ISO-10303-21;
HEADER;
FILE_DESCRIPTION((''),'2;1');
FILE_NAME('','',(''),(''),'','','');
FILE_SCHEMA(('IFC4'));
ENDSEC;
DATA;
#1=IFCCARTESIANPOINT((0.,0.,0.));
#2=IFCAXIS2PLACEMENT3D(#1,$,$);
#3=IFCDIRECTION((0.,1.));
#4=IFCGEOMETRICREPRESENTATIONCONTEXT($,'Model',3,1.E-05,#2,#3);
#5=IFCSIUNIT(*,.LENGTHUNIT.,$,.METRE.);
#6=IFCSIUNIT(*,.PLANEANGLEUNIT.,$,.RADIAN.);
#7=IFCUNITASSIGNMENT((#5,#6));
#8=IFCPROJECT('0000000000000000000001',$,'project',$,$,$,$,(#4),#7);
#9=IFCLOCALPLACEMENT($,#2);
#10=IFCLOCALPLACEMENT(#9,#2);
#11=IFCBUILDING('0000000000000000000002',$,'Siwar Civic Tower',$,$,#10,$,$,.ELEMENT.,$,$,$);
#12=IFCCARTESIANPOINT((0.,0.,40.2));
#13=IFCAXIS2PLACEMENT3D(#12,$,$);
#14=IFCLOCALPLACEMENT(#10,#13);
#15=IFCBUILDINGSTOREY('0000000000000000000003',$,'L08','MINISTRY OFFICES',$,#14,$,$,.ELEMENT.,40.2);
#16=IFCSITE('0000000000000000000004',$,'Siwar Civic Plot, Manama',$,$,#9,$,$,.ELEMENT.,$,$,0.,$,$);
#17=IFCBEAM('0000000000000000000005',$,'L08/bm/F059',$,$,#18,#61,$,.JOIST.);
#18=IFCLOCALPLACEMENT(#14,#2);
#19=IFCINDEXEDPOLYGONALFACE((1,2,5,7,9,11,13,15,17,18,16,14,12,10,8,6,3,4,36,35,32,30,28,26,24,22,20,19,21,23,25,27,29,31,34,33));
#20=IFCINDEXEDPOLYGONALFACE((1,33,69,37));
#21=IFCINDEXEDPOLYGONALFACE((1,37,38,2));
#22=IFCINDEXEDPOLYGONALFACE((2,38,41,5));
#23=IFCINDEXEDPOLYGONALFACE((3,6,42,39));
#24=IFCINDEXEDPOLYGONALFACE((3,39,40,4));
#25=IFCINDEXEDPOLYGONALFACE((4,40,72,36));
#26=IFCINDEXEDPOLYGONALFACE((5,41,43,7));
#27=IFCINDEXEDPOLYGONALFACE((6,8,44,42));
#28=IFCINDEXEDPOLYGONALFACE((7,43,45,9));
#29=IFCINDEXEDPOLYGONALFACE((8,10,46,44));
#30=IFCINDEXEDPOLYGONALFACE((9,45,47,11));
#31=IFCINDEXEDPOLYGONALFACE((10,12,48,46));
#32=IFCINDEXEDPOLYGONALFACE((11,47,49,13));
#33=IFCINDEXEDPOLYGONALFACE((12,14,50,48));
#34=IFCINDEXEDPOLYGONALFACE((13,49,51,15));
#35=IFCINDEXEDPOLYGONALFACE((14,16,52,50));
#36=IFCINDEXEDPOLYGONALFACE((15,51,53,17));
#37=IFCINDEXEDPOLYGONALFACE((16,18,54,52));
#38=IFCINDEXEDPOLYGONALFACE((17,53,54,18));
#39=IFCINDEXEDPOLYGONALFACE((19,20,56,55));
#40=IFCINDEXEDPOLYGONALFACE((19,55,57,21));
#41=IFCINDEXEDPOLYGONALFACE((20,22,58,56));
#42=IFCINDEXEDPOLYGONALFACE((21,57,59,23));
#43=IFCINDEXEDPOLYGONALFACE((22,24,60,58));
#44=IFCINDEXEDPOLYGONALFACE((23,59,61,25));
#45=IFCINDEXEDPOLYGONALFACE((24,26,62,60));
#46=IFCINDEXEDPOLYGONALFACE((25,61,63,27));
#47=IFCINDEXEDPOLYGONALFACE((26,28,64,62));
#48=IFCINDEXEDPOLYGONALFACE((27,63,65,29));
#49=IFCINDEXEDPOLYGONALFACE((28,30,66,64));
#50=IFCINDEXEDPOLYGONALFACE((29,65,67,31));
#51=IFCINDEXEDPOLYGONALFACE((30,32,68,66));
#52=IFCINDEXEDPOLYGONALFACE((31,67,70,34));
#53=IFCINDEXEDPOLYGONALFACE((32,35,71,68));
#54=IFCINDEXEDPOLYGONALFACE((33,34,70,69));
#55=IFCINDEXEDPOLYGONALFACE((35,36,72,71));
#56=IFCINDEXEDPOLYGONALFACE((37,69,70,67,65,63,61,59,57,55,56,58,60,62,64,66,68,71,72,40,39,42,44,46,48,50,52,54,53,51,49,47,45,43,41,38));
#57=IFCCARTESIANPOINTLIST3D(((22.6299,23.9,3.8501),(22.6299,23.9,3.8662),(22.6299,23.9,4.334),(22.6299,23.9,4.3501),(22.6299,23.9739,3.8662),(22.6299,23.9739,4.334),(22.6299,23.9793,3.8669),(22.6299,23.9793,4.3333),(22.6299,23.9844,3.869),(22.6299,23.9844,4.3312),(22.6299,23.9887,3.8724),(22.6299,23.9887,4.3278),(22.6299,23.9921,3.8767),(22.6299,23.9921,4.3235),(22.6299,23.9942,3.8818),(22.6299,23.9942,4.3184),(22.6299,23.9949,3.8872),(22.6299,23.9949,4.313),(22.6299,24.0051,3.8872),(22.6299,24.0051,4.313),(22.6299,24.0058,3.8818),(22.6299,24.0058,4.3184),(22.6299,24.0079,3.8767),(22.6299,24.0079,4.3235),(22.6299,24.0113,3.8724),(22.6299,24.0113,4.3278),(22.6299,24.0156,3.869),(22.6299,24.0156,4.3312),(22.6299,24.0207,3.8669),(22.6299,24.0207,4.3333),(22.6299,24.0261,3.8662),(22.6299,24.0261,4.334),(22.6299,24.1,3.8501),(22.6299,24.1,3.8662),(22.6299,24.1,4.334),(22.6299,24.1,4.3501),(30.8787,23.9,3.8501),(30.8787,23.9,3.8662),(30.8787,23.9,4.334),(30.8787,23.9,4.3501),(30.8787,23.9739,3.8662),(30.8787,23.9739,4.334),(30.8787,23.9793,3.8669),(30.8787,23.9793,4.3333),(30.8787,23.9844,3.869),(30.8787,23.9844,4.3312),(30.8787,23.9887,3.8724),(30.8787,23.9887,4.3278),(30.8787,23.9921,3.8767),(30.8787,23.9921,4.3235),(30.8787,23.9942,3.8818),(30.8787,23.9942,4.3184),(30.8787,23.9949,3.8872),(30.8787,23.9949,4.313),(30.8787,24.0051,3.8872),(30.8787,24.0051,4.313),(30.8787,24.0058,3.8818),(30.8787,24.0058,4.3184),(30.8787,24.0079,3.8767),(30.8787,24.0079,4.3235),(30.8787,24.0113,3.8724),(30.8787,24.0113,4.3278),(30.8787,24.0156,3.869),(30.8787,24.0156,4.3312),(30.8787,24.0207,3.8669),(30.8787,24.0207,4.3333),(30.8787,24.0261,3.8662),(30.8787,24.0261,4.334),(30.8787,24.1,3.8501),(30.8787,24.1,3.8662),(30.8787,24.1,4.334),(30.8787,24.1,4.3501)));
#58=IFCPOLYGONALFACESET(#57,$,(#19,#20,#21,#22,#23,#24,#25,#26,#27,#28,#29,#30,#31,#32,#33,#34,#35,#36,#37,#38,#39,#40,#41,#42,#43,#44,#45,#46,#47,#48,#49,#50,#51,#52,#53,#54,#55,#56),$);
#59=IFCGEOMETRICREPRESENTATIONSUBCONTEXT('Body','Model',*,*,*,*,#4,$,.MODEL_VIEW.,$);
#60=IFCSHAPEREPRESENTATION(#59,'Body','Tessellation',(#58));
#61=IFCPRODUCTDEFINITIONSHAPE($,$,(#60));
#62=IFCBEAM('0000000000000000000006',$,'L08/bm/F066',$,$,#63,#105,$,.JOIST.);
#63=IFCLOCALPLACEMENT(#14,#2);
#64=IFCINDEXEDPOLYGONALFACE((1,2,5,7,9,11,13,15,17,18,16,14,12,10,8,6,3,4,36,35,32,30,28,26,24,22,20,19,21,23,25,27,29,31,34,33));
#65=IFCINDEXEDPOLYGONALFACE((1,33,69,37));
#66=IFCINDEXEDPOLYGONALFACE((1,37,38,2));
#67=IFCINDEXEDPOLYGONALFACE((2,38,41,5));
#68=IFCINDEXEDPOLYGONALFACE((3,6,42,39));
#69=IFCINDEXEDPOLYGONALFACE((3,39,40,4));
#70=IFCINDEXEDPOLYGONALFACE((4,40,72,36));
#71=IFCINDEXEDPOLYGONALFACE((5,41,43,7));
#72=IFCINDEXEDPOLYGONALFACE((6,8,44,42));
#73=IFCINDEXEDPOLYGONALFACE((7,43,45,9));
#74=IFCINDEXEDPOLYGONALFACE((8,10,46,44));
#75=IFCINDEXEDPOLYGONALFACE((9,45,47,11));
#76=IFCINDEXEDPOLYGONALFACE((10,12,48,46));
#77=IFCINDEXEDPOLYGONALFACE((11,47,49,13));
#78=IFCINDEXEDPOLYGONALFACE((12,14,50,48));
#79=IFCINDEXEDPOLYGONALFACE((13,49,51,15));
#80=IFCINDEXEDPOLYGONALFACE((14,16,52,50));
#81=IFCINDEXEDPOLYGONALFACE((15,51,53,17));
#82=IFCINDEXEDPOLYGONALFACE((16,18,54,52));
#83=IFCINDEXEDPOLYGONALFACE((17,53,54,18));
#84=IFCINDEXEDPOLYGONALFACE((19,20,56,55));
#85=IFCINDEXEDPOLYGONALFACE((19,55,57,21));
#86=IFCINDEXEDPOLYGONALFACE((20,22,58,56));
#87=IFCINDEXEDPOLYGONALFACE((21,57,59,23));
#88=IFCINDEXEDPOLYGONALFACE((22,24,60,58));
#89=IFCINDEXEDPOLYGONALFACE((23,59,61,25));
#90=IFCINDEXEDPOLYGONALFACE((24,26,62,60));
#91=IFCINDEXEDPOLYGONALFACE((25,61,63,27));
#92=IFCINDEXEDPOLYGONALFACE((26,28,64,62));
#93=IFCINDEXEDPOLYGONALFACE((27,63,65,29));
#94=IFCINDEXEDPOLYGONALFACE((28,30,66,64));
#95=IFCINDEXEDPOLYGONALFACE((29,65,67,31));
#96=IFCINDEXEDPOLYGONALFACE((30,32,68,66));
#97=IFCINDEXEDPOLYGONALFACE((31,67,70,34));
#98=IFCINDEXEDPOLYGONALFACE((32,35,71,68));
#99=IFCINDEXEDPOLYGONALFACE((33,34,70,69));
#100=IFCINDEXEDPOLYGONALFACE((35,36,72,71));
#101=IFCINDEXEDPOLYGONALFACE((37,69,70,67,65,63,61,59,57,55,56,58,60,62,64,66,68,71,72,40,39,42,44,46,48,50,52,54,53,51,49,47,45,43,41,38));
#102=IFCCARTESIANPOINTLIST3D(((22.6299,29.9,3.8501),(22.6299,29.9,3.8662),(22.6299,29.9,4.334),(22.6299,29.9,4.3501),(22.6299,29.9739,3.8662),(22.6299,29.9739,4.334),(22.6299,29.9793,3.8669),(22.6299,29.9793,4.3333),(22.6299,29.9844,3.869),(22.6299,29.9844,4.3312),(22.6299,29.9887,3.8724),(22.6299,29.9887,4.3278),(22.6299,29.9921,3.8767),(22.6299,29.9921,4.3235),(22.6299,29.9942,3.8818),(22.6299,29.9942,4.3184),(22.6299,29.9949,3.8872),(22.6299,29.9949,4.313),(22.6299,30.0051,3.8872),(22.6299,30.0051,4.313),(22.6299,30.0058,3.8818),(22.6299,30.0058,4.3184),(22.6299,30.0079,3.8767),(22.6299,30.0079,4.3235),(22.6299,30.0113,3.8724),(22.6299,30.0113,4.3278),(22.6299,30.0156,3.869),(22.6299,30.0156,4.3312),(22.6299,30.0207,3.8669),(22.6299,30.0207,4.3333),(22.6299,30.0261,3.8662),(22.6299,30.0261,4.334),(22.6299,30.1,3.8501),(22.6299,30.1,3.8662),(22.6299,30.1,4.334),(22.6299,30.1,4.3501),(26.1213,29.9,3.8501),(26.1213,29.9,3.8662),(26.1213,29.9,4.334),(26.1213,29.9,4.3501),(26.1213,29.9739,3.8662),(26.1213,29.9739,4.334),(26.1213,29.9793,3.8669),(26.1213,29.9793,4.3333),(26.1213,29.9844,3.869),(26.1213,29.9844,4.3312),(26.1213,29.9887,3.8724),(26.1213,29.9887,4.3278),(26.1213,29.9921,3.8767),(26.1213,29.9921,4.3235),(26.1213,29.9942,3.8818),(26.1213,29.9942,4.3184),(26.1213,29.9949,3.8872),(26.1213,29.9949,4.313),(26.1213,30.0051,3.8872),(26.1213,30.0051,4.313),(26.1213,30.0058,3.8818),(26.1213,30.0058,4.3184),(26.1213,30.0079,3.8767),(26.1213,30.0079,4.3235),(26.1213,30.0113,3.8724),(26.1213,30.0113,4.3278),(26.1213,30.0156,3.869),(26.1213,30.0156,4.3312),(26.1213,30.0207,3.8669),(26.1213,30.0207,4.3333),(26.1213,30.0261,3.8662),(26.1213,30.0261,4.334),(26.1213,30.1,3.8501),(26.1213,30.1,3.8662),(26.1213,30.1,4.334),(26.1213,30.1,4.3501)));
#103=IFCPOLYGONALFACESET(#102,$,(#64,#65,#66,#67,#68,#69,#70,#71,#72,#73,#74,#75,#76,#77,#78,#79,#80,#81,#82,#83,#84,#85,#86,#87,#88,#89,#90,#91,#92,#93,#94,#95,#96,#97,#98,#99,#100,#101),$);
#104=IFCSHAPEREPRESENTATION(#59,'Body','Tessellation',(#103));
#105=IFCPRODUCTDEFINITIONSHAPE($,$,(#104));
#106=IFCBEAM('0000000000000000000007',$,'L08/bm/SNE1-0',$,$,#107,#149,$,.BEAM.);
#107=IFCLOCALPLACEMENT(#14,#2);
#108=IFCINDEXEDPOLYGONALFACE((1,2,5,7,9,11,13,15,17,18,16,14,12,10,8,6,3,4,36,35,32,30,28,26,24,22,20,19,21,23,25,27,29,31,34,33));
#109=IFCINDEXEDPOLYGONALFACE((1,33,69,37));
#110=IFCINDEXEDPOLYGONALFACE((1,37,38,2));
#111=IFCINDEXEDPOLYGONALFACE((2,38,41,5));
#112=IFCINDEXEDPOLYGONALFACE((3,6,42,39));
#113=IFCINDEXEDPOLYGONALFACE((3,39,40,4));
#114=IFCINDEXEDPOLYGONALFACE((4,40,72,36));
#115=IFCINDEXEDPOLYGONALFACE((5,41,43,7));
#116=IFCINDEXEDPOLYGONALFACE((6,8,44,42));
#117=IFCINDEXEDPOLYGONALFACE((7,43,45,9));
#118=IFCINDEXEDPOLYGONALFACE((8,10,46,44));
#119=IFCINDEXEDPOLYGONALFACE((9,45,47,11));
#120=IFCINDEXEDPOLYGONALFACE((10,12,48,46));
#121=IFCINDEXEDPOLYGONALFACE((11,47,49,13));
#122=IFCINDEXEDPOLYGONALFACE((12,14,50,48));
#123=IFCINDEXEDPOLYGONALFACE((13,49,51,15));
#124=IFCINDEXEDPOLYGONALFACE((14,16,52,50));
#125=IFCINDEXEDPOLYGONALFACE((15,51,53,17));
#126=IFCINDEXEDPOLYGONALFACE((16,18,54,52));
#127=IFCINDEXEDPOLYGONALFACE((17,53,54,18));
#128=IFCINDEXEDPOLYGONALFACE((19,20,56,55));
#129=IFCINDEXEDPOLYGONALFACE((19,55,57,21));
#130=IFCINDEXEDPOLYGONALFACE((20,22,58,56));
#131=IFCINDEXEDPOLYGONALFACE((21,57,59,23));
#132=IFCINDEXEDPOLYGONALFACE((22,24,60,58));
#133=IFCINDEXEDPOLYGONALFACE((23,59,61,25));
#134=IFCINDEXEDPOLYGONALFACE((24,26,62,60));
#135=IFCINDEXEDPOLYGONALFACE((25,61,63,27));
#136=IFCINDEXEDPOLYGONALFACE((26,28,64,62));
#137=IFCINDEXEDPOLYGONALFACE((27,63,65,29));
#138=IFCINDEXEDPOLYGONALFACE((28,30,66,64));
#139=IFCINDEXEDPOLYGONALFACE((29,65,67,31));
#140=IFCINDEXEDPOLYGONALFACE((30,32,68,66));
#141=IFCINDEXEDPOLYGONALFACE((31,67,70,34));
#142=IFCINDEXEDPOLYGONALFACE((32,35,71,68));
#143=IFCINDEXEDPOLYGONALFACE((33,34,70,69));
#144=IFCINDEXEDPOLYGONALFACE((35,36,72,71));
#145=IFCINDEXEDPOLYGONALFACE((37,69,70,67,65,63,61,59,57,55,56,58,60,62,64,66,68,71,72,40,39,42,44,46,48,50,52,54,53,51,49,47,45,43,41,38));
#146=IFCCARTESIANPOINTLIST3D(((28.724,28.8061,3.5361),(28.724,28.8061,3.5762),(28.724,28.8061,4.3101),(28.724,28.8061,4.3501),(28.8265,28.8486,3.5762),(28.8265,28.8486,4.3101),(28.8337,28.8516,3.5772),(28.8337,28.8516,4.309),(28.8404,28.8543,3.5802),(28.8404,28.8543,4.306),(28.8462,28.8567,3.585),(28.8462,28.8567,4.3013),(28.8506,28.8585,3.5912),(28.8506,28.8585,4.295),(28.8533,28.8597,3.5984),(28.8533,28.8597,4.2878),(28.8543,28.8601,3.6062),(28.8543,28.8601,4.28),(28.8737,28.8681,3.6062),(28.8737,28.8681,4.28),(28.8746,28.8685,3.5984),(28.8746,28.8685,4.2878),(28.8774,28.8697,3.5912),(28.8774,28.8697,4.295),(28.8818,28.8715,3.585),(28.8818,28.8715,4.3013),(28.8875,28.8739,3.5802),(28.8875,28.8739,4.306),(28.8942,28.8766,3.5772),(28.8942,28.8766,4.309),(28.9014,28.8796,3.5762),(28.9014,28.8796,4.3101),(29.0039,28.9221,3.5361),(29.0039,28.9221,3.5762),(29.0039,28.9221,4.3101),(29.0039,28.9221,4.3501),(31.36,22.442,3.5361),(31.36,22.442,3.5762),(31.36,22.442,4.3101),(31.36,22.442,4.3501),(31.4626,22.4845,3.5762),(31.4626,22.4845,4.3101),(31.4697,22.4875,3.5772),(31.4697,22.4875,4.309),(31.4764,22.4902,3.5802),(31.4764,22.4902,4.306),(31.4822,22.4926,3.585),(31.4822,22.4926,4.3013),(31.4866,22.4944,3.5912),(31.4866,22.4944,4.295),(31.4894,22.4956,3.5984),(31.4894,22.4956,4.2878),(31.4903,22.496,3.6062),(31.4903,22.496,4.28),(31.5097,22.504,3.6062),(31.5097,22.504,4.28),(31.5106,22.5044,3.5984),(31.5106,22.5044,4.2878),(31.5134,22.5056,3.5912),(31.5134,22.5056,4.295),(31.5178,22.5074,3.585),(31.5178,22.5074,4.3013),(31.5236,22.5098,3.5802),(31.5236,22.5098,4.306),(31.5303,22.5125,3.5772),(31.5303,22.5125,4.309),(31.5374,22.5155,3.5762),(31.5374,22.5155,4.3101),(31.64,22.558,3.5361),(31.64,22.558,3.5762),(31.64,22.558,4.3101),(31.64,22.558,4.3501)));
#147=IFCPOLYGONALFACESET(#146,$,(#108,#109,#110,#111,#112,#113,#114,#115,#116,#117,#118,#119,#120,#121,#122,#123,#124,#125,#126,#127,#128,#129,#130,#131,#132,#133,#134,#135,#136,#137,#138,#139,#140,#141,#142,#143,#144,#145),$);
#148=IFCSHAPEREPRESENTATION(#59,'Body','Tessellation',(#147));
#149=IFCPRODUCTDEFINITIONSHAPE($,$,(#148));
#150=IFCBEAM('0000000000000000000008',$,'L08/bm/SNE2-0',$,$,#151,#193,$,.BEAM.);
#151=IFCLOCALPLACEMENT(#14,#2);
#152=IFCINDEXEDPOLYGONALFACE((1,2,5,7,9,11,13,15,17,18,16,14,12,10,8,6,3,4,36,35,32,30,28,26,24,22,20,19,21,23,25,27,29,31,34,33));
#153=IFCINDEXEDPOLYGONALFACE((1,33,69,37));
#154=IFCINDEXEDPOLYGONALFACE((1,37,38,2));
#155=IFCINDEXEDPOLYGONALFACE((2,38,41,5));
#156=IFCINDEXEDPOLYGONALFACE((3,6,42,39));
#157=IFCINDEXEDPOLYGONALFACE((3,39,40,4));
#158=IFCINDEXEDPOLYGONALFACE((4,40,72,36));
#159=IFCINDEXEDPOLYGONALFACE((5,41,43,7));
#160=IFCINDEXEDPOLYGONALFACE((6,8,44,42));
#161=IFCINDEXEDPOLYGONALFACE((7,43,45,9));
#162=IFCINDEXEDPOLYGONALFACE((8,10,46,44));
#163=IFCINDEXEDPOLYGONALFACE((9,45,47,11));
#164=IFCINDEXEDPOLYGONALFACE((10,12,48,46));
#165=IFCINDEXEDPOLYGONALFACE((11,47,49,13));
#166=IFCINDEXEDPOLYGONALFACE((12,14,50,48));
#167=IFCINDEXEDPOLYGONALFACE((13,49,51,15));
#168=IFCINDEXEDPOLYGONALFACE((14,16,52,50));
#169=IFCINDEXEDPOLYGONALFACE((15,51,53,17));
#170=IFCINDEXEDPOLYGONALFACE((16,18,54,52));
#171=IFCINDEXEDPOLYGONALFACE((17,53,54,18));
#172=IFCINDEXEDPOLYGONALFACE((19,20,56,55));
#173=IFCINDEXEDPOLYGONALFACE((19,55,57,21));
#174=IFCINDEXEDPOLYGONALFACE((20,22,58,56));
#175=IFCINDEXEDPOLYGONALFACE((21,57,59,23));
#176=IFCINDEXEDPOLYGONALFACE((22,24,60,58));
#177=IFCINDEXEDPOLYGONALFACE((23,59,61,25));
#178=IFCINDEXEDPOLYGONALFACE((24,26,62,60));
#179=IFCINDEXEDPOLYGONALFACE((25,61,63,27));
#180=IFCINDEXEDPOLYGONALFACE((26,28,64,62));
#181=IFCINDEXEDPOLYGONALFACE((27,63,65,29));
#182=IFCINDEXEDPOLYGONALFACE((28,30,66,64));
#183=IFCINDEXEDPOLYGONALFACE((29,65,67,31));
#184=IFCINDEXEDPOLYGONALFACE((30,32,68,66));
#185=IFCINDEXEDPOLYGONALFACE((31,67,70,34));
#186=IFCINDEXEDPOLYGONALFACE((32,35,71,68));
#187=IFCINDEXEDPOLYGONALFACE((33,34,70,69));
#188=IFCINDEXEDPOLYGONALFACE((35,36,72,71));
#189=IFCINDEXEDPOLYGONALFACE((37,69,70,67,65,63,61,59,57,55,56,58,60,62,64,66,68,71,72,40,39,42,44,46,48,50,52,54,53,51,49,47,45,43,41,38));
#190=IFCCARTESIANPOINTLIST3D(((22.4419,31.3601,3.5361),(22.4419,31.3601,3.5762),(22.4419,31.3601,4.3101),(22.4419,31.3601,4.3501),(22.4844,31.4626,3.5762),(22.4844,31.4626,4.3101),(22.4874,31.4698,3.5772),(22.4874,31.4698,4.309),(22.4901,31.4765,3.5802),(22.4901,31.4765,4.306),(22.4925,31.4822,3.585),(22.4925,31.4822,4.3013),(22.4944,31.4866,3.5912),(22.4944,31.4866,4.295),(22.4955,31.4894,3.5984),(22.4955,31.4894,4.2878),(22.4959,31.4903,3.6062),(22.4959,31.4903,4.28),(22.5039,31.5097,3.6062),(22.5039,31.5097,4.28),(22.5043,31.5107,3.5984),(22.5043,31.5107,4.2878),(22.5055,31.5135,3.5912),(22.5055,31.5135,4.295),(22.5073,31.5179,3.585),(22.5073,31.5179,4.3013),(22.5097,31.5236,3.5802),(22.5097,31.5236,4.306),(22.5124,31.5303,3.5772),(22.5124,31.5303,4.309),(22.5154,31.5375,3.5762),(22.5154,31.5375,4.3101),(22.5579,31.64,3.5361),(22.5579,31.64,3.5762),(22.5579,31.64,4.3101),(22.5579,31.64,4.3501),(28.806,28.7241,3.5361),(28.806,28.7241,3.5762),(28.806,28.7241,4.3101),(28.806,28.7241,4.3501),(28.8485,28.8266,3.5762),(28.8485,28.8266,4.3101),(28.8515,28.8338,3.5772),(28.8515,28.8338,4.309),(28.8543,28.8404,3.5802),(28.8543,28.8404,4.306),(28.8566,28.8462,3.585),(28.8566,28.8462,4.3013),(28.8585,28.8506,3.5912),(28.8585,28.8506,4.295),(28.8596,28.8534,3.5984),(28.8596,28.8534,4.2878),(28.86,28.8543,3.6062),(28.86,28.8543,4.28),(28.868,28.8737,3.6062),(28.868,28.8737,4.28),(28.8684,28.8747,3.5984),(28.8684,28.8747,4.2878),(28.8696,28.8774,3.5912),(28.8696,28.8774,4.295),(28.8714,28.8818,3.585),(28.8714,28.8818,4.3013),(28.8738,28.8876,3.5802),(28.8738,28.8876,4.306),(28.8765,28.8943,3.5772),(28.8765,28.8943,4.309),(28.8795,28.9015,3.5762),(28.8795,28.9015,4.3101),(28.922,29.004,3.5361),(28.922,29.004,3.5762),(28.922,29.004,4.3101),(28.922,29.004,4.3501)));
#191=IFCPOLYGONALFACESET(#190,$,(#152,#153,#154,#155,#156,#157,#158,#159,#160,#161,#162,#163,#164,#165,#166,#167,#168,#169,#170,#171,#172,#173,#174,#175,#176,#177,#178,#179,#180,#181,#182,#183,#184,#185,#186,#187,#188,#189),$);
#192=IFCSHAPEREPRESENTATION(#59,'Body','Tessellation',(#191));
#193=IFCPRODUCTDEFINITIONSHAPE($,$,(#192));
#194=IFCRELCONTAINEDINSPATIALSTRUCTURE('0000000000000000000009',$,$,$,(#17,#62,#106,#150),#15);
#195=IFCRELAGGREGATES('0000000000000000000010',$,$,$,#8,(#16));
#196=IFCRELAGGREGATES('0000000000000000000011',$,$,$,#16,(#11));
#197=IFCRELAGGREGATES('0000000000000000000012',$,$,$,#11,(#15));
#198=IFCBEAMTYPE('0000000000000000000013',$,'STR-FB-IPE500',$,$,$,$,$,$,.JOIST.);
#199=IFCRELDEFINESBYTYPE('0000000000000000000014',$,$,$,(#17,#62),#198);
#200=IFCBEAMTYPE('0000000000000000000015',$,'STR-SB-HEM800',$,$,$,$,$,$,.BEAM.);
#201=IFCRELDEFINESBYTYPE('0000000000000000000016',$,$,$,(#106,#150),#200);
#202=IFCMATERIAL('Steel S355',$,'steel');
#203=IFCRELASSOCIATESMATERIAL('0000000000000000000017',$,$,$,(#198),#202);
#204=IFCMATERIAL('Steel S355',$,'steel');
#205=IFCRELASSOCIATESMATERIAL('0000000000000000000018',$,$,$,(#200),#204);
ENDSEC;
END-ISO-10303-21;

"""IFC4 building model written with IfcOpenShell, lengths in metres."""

from ifc_helpers import new_model, si_unit, direction, frame, origin, origin_2d, place, context, subcontext, project, spatial, i_section, extrude, material, material_profile, profile_set, type_object, element, save


model = new_model("IFC4")

# Units and contexts
model_context = context("Model", 3, precision=1e-05, world=origin(), true_north=direction((0.0, 1.0)))
body_context = subcontext(model_context, "Body", "Model", "MODEL_VIEW")
ifc_project = project(units=[si_unit("LENGTHUNIT", "METRE"), si_unit("PLANEANGLEUNIT", "RADIAN")], contexts=[model_context])

# Site, building, storey
site_placement = place(None, origin())
site = spatial("IfcSite", under=ifc_project, at=site_placement, Name="Siwar Civic Plot, Manama", CompositionType="ELEMENT", RefElevation=0.0)
building_placement = place(site_placement, origin())
building = spatial("IfcBuilding", under=site, at=building_placement, Name="Siwar Civic Tower", CompositionType="ELEMENT")
storey_placement = place(building_placement, frame((0.0, 0.0, 40.2)))
storey = spatial("IfcBuildingStorey", under=building, at=storey_placement, Name="L08", Description="MINISTRY OFFICES", CompositionType="ELEMENT", Elevation=40.2)

# Beams
ifc_material_1 = material(Name="Steel S355", Category="steel")
ifc_material_profile_1 = material_profile(ifc_material_1, i_section(OverallWidth=0.2, OverallDepth=0.5, WebThickness=0.0103, FlangeThickness=0.0161, FilletRadius=0.021, at=origin_2d()), Name="IPE500")
ifc_profile_set_1 = profile_set([ifc_material_profile_1], Name="Steel S355")
beam_type_1 = type_object("IfcBeamType", Name="STR-FB-IPE500", PredefinedType="JOIST", material=ifc_profile_set_1)
beam_1_placement = place(storey_placement, frame((22.6299, 24.0, 4.1001), z_axis=(1.0, 0.0, 0.0), x_axis=(0.0, 1.0, 0.0)))
element("IfcBeam", 1, at=beam_1_placement, inside=storey, type_object=beam_type_1, Name="L08/bm/F059", PredefinedType="JOIST", context=body_context, shape_type="SweptSolid", body=[
    extrude(i_section(OverallWidth=0.2, OverallDepth=0.5, WebThickness=0.0103, FlangeThickness=0.0161, FilletRadius=0.021, at=origin_2d()), origin(), (0.0, 0.0, 1.0), 8.2488),
])
beam_2_placement = place(storey_placement, frame((22.6299, 30.0, 4.1001), z_axis=(1.0, 0.0, 0.0), x_axis=(0.0, 1.0, 0.0)))
element("IfcBeam", 2, at=beam_2_placement, inside=storey, type_object=beam_type_1, Name="L08/bm/F066", PredefinedType="JOIST", context=body_context, shape_type="SweptSolid", body=[
    extrude(i_section(OverallWidth=0.2, OverallDepth=0.5, WebThickness=0.0103, FlangeThickness=0.0161, FilletRadius=0.021, at=origin_2d()), origin(), (0.0, 0.0, 1.0), 3.4915),
])
ifc_material_2 = material(Name="Steel S355", Category="steel")
ifc_material_profile_2 = material_profile(ifc_material_2, i_section(OverallWidth=0.303, OverallDepth=0.814, WebThickness=0.021, FlangeThickness=0.04, FilletRadius=0.03, at=origin_2d()), Name="HEM800")
ifc_profile_set_2 = profile_set([ifc_material_profile_2], Name="Steel S355")
beam_type_2 = type_object("IfcBeamType", Name="STR-SB-HEM800", PredefinedType="BEAM", material=ifc_profile_set_2)
for number, where, z_axis, x_axis, name in (
    (3, (31.5, 22.5, 3.9431), (-0.382674, 0.923883, 0.0), (-0.923883, -0.382674, 0.0), "L08/bm/SNE1-0"),
    (4, (28.864, 28.864, 3.9431), (-0.923883, 0.382674, 0.0), (-0.382674, -0.923883, 0.0), "L08/bm/SNE2-0"),
):
    element("IfcBeam", number, at=place(storey_placement, frame(where, z_axis=z_axis, x_axis=x_axis)), inside=storey, type_object=beam_type_2, Name=name, PredefinedType="BEAM", context=body_context, shape_type="SweptSolid", body=[
        extrude(i_section(OverallWidth=0.303, OverallDepth=0.814, WebThickness=0.021, FlangeThickness=0.04, FilletRadius=0.03, at=origin_2d()), origin(), (0.0, 0.0, 1.0), 6.8884),
    ])

save(model, "model.ifc")
